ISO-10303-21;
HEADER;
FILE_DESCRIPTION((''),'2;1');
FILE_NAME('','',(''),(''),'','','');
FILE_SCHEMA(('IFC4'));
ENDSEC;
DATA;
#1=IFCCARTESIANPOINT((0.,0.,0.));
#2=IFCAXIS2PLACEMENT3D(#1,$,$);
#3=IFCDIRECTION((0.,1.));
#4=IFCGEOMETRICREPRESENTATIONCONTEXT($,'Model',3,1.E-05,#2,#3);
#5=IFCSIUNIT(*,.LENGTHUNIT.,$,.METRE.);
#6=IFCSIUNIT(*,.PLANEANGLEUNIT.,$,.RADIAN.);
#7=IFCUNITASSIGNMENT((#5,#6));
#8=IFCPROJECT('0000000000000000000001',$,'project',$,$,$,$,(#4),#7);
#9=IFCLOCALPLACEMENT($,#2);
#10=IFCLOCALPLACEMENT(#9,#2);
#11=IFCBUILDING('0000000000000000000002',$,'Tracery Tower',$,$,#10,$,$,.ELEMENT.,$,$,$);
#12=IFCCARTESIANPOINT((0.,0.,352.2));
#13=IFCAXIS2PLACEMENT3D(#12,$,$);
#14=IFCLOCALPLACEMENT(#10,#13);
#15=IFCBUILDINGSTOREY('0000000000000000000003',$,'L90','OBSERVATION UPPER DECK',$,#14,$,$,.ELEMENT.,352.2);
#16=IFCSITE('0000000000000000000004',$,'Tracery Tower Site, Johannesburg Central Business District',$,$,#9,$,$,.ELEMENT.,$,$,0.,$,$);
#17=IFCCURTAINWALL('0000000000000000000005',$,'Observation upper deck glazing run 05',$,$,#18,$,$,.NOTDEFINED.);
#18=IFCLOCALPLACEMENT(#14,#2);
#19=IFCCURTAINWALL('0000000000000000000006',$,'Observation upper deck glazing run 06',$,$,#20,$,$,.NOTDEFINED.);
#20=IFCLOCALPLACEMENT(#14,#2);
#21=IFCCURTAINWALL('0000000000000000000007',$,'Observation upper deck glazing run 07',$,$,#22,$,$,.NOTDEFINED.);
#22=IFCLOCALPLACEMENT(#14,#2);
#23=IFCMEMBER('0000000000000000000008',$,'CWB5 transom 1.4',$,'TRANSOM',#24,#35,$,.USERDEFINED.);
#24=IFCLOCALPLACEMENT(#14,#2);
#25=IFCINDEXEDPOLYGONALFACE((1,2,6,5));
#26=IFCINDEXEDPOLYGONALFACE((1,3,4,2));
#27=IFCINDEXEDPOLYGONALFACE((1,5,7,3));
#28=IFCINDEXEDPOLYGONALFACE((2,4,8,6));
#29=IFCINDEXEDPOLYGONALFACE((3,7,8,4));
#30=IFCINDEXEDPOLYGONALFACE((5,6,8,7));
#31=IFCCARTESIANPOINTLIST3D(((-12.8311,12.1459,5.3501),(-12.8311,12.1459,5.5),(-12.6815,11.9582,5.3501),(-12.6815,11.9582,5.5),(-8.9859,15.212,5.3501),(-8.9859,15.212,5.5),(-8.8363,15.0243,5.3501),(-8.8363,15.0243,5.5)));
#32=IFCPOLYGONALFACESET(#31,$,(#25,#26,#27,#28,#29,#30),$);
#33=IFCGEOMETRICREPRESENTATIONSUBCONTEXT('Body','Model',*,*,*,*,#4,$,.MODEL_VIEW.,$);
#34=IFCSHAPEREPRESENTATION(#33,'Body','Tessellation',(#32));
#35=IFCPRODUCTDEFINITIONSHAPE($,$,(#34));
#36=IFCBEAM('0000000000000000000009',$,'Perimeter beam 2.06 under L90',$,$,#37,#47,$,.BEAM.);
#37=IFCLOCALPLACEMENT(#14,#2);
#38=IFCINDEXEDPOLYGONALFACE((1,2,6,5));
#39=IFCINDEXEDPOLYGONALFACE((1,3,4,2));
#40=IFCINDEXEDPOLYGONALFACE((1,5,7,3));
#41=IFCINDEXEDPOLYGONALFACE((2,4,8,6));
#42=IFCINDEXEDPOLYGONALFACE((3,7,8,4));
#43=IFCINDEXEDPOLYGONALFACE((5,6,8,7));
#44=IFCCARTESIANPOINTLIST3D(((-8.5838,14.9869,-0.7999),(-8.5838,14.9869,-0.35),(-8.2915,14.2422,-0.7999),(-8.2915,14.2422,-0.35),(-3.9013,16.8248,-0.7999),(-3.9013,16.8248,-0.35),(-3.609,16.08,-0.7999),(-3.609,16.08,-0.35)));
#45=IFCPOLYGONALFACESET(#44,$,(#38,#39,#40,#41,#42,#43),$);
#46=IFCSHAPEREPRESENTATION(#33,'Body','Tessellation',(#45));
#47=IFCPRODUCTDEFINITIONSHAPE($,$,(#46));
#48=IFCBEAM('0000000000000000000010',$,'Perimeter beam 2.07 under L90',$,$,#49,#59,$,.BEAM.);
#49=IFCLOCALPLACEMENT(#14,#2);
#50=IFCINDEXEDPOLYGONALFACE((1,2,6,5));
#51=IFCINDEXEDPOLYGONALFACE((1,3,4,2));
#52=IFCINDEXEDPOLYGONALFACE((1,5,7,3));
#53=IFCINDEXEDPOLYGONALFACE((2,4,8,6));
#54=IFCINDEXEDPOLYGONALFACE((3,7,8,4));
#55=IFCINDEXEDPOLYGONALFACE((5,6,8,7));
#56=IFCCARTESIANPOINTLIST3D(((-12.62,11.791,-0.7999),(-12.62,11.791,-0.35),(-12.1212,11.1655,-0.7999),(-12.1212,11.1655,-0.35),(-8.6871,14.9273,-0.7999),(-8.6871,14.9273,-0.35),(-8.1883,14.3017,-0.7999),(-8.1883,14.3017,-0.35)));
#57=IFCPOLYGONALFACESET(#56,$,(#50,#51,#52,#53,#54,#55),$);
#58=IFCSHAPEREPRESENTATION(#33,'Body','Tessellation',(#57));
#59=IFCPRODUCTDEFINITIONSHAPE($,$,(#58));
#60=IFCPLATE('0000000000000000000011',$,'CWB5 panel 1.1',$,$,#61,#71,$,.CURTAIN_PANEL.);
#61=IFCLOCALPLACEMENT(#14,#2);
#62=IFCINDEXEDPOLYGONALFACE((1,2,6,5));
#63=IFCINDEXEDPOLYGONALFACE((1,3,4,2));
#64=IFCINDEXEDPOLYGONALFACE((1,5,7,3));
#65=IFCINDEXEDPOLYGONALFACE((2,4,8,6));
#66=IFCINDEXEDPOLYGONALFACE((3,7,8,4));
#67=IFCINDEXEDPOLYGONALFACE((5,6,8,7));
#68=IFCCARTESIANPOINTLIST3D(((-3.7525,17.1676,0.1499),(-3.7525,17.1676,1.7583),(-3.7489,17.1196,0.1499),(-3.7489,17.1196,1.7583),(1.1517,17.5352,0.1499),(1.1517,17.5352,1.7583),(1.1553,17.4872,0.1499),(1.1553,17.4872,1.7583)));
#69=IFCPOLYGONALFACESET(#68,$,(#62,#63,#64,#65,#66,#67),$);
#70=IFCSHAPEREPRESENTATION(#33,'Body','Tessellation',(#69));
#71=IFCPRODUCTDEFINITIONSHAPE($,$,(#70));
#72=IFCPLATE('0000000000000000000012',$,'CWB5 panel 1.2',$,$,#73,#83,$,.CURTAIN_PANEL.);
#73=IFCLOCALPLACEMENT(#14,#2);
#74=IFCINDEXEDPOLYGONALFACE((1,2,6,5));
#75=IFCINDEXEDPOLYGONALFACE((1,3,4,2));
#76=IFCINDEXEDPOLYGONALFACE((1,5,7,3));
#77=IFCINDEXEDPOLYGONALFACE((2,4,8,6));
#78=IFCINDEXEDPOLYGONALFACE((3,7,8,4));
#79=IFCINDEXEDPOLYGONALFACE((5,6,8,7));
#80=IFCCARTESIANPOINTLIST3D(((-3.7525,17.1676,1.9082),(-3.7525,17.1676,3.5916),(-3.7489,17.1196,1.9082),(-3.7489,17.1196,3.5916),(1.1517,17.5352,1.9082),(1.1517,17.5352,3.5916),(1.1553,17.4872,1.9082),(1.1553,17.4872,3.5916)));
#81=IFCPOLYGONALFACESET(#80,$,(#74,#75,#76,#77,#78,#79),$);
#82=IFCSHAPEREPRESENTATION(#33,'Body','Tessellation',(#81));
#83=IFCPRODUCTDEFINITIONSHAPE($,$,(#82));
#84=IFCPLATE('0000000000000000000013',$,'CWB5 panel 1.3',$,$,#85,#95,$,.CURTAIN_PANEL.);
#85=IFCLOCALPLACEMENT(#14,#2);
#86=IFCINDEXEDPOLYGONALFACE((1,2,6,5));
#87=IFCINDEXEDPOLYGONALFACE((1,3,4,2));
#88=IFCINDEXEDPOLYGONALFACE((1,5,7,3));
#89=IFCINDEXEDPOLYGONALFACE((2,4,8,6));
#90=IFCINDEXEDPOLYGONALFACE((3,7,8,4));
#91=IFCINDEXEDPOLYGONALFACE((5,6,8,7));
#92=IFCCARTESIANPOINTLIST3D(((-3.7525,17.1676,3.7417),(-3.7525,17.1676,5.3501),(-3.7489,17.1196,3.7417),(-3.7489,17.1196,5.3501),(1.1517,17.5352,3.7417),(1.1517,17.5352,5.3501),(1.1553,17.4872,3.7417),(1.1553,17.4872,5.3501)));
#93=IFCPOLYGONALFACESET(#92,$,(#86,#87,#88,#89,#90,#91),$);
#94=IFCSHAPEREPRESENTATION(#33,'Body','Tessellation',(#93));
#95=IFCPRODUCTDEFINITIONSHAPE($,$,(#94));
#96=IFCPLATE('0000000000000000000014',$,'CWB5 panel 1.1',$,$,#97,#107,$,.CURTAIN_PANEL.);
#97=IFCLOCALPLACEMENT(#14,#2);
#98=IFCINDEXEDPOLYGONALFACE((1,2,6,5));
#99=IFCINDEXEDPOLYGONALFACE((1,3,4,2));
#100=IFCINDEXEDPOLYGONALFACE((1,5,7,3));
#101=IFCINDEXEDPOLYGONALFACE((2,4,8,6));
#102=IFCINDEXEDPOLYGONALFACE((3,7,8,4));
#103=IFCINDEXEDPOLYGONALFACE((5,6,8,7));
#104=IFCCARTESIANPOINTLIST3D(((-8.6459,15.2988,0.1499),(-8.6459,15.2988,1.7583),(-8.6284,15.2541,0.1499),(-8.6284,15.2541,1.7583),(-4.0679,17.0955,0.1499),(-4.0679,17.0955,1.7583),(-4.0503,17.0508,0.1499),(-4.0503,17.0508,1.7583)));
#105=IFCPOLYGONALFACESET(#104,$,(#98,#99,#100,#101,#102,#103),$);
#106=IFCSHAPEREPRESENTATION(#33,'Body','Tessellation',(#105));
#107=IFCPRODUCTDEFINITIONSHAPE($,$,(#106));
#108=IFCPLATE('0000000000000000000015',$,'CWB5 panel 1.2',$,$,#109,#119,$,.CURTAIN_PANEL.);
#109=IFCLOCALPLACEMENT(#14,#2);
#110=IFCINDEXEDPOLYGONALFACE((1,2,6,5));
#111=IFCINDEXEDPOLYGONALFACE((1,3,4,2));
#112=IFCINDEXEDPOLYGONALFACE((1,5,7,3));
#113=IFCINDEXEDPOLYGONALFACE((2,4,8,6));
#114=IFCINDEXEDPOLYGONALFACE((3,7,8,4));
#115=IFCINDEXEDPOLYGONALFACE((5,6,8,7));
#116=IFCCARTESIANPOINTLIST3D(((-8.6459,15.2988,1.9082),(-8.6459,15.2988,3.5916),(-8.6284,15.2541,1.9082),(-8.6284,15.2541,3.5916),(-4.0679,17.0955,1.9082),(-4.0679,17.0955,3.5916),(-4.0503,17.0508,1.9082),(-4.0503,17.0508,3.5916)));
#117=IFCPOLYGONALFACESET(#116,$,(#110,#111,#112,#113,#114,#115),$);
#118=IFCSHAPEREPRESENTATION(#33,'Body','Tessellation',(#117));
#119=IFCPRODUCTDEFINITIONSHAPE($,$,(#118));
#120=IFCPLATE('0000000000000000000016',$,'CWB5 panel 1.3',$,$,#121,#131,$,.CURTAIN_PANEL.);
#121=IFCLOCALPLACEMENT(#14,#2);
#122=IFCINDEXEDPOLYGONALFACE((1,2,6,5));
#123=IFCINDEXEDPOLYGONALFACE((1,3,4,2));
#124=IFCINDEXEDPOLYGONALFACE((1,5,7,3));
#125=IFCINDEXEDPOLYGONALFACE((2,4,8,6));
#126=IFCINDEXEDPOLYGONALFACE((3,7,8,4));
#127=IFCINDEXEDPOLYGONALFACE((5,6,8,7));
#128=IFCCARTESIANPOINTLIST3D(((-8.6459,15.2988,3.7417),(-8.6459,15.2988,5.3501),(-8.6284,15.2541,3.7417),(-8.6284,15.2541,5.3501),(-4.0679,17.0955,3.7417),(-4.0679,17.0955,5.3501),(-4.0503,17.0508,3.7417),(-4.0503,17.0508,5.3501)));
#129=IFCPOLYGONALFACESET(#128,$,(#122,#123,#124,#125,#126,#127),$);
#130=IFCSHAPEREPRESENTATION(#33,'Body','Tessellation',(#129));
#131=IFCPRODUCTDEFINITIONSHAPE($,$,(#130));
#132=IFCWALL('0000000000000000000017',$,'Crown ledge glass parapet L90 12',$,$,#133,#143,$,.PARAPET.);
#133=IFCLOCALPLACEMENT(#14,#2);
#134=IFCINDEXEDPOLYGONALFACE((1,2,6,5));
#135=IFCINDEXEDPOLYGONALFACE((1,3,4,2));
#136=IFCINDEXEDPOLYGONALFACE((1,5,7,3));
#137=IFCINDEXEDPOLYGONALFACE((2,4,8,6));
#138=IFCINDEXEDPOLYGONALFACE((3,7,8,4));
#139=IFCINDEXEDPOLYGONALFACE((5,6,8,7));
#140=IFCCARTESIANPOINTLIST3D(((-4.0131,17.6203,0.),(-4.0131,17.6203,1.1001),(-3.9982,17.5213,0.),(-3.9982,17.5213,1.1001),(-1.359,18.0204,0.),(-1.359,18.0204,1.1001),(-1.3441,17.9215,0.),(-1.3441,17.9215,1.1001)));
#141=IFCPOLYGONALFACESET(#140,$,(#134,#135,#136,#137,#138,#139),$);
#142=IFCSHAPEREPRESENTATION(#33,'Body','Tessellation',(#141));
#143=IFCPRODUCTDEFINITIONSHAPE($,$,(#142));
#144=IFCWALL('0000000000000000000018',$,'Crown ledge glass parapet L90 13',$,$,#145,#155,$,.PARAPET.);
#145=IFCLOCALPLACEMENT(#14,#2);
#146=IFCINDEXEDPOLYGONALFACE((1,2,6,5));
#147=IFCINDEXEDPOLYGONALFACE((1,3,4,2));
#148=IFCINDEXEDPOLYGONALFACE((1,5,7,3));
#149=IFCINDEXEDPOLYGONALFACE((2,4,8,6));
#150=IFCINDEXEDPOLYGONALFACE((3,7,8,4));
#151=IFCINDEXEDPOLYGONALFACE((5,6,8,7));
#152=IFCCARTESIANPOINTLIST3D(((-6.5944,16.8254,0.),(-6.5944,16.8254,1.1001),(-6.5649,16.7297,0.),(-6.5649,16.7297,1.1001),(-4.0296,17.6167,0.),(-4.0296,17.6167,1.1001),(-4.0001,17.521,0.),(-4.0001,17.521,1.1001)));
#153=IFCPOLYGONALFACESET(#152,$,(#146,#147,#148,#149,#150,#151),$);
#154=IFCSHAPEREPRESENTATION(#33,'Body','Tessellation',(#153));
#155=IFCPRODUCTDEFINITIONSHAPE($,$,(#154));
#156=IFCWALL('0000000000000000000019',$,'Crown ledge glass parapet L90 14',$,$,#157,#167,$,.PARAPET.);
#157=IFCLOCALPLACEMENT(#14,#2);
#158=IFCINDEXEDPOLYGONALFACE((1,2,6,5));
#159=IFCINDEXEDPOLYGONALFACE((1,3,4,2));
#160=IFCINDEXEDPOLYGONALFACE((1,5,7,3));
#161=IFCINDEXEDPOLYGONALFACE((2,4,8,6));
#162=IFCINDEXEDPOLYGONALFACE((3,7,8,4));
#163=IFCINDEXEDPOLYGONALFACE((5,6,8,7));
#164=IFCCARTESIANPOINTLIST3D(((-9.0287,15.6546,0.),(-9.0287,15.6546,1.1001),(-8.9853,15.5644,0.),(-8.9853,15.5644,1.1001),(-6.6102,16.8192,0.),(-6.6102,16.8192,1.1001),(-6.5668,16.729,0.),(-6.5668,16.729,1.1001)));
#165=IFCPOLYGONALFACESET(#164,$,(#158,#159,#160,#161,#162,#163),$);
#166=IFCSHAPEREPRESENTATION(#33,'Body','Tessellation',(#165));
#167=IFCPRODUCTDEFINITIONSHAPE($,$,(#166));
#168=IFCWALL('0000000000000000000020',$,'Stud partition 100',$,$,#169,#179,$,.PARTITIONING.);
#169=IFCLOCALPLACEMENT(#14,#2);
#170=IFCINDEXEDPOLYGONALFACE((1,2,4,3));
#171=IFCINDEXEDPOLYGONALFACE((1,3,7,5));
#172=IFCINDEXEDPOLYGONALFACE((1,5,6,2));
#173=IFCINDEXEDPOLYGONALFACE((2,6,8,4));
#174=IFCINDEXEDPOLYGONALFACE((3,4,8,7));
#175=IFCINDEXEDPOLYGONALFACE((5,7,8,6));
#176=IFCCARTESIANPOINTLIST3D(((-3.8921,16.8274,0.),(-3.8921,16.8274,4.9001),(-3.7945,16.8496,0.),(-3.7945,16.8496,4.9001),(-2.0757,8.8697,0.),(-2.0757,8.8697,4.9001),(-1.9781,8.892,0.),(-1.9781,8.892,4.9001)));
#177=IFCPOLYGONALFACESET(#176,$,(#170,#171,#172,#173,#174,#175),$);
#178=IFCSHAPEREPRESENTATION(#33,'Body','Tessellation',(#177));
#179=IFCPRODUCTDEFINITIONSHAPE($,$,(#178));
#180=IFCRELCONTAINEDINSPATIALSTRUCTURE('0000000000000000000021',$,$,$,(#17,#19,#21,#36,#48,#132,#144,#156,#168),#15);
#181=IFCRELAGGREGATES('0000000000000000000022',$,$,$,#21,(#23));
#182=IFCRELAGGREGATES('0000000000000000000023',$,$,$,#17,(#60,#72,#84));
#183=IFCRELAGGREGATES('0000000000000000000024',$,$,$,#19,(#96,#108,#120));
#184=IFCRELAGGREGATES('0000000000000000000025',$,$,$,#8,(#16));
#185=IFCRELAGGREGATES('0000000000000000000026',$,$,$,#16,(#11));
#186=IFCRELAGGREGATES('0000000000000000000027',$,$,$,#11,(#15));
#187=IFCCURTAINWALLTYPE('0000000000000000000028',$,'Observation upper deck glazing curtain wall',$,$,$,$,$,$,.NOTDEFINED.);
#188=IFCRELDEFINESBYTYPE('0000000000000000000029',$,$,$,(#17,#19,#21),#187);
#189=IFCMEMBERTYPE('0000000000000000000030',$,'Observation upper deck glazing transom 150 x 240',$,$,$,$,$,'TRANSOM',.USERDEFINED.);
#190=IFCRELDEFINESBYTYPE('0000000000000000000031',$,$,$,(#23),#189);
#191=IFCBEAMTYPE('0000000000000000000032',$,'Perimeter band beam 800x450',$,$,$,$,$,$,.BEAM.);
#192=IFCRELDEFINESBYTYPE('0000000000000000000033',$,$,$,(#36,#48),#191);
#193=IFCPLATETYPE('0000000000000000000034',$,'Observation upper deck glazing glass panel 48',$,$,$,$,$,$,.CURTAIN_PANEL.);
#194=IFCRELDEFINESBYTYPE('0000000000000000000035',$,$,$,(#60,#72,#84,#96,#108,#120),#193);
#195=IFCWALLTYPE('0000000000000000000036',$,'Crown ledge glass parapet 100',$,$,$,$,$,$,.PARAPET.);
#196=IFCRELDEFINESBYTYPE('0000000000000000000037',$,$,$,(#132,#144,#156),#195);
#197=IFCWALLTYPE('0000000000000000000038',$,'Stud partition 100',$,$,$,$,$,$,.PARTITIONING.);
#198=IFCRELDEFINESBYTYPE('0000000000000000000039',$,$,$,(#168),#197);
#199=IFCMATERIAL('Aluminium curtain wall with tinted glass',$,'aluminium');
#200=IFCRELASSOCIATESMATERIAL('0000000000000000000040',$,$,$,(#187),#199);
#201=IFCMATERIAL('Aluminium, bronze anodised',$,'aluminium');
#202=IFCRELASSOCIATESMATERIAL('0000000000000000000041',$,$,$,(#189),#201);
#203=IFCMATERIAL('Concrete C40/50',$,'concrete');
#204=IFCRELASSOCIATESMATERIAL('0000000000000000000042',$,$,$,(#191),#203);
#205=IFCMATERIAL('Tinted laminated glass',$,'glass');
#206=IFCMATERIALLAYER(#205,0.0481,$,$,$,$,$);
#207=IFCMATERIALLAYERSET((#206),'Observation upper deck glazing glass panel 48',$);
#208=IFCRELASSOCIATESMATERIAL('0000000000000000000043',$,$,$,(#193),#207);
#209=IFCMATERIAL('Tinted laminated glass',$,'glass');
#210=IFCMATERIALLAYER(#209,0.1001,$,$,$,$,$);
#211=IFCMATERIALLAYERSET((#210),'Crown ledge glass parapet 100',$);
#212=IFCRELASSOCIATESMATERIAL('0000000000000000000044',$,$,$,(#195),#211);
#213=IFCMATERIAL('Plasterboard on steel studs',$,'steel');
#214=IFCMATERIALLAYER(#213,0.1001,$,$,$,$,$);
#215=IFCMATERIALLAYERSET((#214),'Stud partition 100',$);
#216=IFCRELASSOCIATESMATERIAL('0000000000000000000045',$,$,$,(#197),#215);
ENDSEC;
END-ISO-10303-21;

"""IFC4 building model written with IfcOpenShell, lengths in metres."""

from ifc_helpers import new_model, si_unit, direction, frame, frame_2d, origin, origin_2d, place, context, subcontext, project, spatial, rectangle, extrude, material, layer, layer_set, material_profile, profile_set, type_object, element, aggregate, save


model = new_model("IFC4")

# Units and contexts
model_context = context("Model", 3, precision=1e-05, world=origin(), true_north=direction((0.0, 1.0)))
body_context = subcontext(model_context, "Body", "Model", "MODEL_VIEW")
ifc_project = project(units=[si_unit("LENGTHUNIT", "METRE"), si_unit("PLANEANGLEUNIT", "RADIAN")], contexts=[model_context])

# Site, building, storey
site_placement = place(None, origin())
site = spatial("IfcSite", under=ifc_project, at=site_placement, Name="Tracery Tower Site, Johannesburg Central Business District", CompositionType="ELEMENT", RefElevation=0.0)
building_placement = place(site_placement, origin())
building = spatial("IfcBuilding", under=site, at=building_placement, Name="Tracery Tower", CompositionType="ELEMENT")
storey_placement = place(building_placement, frame((0.0, 0.0, 352.2)))
storey = spatial("IfcBuildingStorey", under=building, at=storey_placement, Name="L90", Description="OBSERVATION UPPER DECK", CompositionType="ELEMENT", Elevation=352.2)

# Curtain wall
ifc_material_1 = material(Name="Aluminium curtain wall with tinted glass", Category="aluminium")
curtain_wall_type = type_object("IfcCurtainWallType", Name="Observation upper deck glazing curtain wall", PredefinedType="NOTDEFINED", material=ifc_material_1)
curtain_wall_1_placement = place(storey_placement, origin())
curtain_wall_1 = element("IfcCurtainWall", 1, at=curtain_wall_1_placement, inside=storey, type_object=curtain_wall_type, Name="Observation upper deck glazing run 05", PredefinedType="NOTDEFINED")

# Curtain wall
curtain_wall_2_placement = place(storey_placement, origin())
curtain_wall_2 = element("IfcCurtainWall", 2, at=curtain_wall_2_placement, inside=storey, type_object=curtain_wall_type, Name="Observation upper deck glazing run 06", PredefinedType="NOTDEFINED")

# Curtain wall
curtain_wall_3_placement = place(storey_placement, origin())
curtain_wall_3 = element("IfcCurtainWall", 3, at=curtain_wall_3_placement, inside=storey, type_object=curtain_wall_type, Name="Observation upper deck glazing run 07", PredefinedType="NOTDEFINED")

# Member
ifc_material_2 = material(Name="Aluminium, bronze anodised", Category="aluminium")
ifc_material_profile_1 = material_profile(ifc_material_2, rectangle(XDim=0.24, YDim=0.1499, at=origin_2d()), Name="Observation upper deck glazing transom 150 x 240")
ifc_profile_set_1 = profile_set([ifc_material_profile_1], Name="Aluminium, bronze anodised")
member_type_1 = type_object("IfcMemberType", Name="Observation upper deck glazing transom 150 x 240", ElementType="TRANSOM", PredefinedType="USERDEFINED", material=ifc_profile_set_1)
member_1_placement = place(storey_placement, frame((-8.9111, 15.1182, 5.425), z_axis=(-0.781861, -0.623453, 0.0), x_axis=(0.623453, -0.781861, 0.0)))
member_1 = element("IfcMember", 4, at=member_1_placement, type_object=member_type_1, Name="CWB5 transom 1.4", ObjectType="TRANSOM", PredefinedType="USERDEFINED", context=body_context, shape_type="SweptSolid", body=[
    extrude(rectangle(XDim=0.24, YDim=0.1499, at=origin_2d()), origin(), (0.0, 0.0, 1.0), 4.918),
])
aggregate(curtain_wall_3, [member_1])

# Beams
ifc_material_3 = material(Name="Concrete C40/50", Category="concrete")
ifc_material_profile_2 = material_profile(ifc_material_3, rectangle(XDim=0.8, YDim=0.45, at=origin_2d()), Name="RC 800x450")
ifc_profile_set_2 = profile_set([ifc_material_profile_2], Name="Concrete C40/50")
beam_type = type_object("IfcBeamType", Name="Perimeter band beam 800x450", PredefinedType="BEAM", material=ifc_profile_set_2)
for number, where, z_axis, x_axis, name in (
    (5, (-3.7551, 16.4524, -0.575), (-0.930867, -0.365358, 0.0), (0.365358, -0.930867, 0.0), "Perimeter beam 2.06 under L90"),
    (6, (-8.4377, 14.6145, -0.575), (-0.781843, -0.623475, 0.0), (0.623475, -0.781843, 0.0), "Perimeter beam 2.07 under L90"),
):
    element("IfcBeam", number, at=place(storey_placement, frame(where, z_axis=z_axis, x_axis=x_axis)), inside=storey, type_object=beam_type, Name=name, PredefinedType="BEAM", context=body_context, shape_type="SweptSolid", body=[
        extrude(rectangle(XDim=0.8, YDim=0.45, at=origin_2d()), origin(), (0.0, 0.0, 1.0), 5.0303),
    ])

# Plates
ifc_material_4 = material(Name="Tinted laminated glass", Category="glass")
ifc_layer_1 = layer(ifc_material_4, 0.0481)
ifc_layer_set_1 = layer_set([ifc_layer_1], Name="Observation upper deck glazing glass panel 48")
plate_type = type_object("IfcPlateType", Name="Observation upper deck glazing glass panel 48", PredefinedType="CURTAIN_PANEL", material=ifc_layer_set_1)
plate_1_placement = place(storey_placement, frame((-1.2986, 17.3274, 0.1499), z_axis=(0.0, 0.0, 1.0), x_axis=(-0.997203, -0.074738, 0.0)))
plate_1 = element("IfcPlate", 7, at=plate_1_placement, type_object=plate_type, Name="CWB5 panel 1.1", PredefinedType="CURTAIN_PANEL", context=body_context, shape_type="SweptSolid", body=[
    extrude(rectangle(XDim=4.918, YDim=0.0481, at=origin_2d()), origin(), (0.0, 0.0, 1.0), 1.6084),
])
plate_2_placement = place(storey_placement, frame((-1.2986, 17.3274, 1.9082), z_axis=(0.0, 0.0, 1.0), x_axis=(-0.997203, -0.074738, 0.0)))
plate_2 = element("IfcPlate", 8, at=plate_2_placement, type_object=plate_type, Name="CWB5 panel 1.2", PredefinedType="CURTAIN_PANEL", context=body_context, shape_type="SweptSolid", body=[
    extrude(rectangle(XDim=4.918, YDim=0.0481, at=origin_2d()), origin(), (0.0, 0.0, 1.0), 1.6833),
])
plate_3_placement = place(storey_placement, frame((-1.2986, 17.3274, 3.7417), z_axis=(0.0, 0.0, 1.0), x_axis=(-0.997203, -0.074738, 0.0)))
plate_3 = element("IfcPlate", 9, at=plate_3_placement, type_object=plate_type, Name="CWB5 panel 1.3", PredefinedType="CURTAIN_PANEL", context=body_context, shape_type="SweptSolid", body=[
    extrude(rectangle(XDim=4.918, YDim=0.0481, at=origin_2d()), origin(), (0.0, 0.0, 1.0), 1.6084),
])
aggregate(curtain_wall_1, [plate_1, plate_2, plate_3])
plate_4_placement = place(storey_placement, frame((-6.3481, 16.1748, 0.1499), z_axis=(0.0, 0.0, 1.0), x_axis=(-0.930877, -0.365333, 0.0)))
plate_4 = element("IfcPlate", 10, at=plate_4_placement, type_object=plate_type, Name="CWB5 panel 1.1", PredefinedType="CURTAIN_PANEL", context=body_context, shape_type="SweptSolid", body=[
    extrude(rectangle(XDim=4.918, YDim=0.0481, at=origin_2d()), origin(), (0.0, 0.0, 1.0), 1.6084),
])
plate_5_placement = place(storey_placement, frame((-6.3481, 16.1748, 1.9082), z_axis=(0.0, 0.0, 1.0), x_axis=(-0.930877, -0.365333, 0.0)))
plate_5 = element("IfcPlate", 11, at=plate_5_placement, type_object=plate_type, Name="CWB5 panel 1.2", PredefinedType="CURTAIN_PANEL", context=body_context, shape_type="SweptSolid", body=[
    extrude(rectangle(XDim=4.918, YDim=0.0481, at=origin_2d()), origin(), (0.0, 0.0, 1.0), 1.6833),
])
plate_6_placement = place(storey_placement, frame((-6.3481, 16.1748, 3.7417), z_axis=(0.0, 0.0, 1.0), x_axis=(-0.930877, -0.365333, 0.0)))
plate_6 = element("IfcPlate", 12, at=plate_6_placement, type_object=plate_type, Name="CWB5 panel 1.3", PredefinedType="CURTAIN_PANEL", context=body_context, shape_type="SweptSolid", body=[
    extrude(rectangle(XDim=4.918, YDim=0.0481, at=origin_2d()), origin(), (0.0, 0.0, 1.0), 1.6084),
])
aggregate(curtain_wall_2, [plate_4, plate_5, plate_6])

# Walls
ifc_material_5 = material(Name="Tinted laminated glass", Category="glass")
ifc_layer_2 = layer(ifc_material_5, 0.1001)
ifc_layer_set_2 = layer_set([ifc_layer_2], Name="Crown ledge glass parapet 100")
wall_type_1 = type_object("IfcWallType", Name="Crown ledge glass parapet 100", PredefinedType="PARAPET", material=ifc_layer_set_2)
for number, where, z_axis, x_axis, name in (
    (13, (-1.3516, 17.9709, 0.0), (0.0, 0.0, 1.0), (-0.988825, -0.149083, 0.0), "Crown ledge glass parapet L90 12"),
    (14, (-4.0149, 17.5688, 0.0), (0.0, 0.0, 1.0), (-0.955556, -0.294808, 0.0), "Crown ledge glass parapet L90 13"),
):
    element("IfcWall", number, at=place(storey_placement, frame(where, z_axis=z_axis, x_axis=x_axis)), inside=storey, type_object=wall_type_1, Name=name, PredefinedType="PARAPET", context=body_context, shape_type="SweptSolid", body=[
        extrude(rectangle(XDim=2.6841, YDim=0.1001, at=frame_2d((1.342, 0.0))), origin(), (0.0, 0.0, 1.0), 1.1001),
    ])
wall_1_placement = place(storey_placement, frame((-6.5884, 16.7742, 0.0), z_axis=(0.0, 0.0, 1.0), x_axis=(-0.900986, -0.433848, 0.0)))
element("IfcWall", 15, at=wall_1_placement, inside=storey, type_object=wall_type_1, Name="Crown ledge glass parapet L90 14", PredefinedType="PARAPET", context=body_context, shape_type="SweptSolid", body=[
    extrude(rectangle(XDim=2.6843, YDim=0.1001, at=frame_2d((1.3423, 0.0))), origin(), (0.0, 0.0, 1.0), 1.1001),
])
ifc_material_6 = material(Name="Plasterboard on steel studs", Category="steel")
ifc_layer_3 = layer(ifc_material_6, 0.1001)
ifc_layer_set_3 = layer_set([ifc_layer_3], Name="Stud partition 100")
wall_type_2 = type_object("IfcWallType", Name="Stud partition 100", PredefinedType="PARTITIONING", material=ifc_layer_set_3)
wall_2_placement = place(storey_placement, frame((-3.8433, 16.8384, 0.0), z_axis=(0.0, 0.0, 1.0), x_axis=(0.222532, -0.974925, 0.0)))
element("IfcWall", 16, at=wall_2_placement, inside=storey, type_object=wall_type_2, Name="Stud partition 100", PredefinedType="PARTITIONING", context=body_context, shape_type="SweptSolid", body=[
    extrude(rectangle(XDim=8.1624, YDim=0.1001, at=frame_2d((4.0811, 0.0))), origin(), (0.0, 0.0, 1.0), 4.9001),
])

save(model, "model.ifc")
